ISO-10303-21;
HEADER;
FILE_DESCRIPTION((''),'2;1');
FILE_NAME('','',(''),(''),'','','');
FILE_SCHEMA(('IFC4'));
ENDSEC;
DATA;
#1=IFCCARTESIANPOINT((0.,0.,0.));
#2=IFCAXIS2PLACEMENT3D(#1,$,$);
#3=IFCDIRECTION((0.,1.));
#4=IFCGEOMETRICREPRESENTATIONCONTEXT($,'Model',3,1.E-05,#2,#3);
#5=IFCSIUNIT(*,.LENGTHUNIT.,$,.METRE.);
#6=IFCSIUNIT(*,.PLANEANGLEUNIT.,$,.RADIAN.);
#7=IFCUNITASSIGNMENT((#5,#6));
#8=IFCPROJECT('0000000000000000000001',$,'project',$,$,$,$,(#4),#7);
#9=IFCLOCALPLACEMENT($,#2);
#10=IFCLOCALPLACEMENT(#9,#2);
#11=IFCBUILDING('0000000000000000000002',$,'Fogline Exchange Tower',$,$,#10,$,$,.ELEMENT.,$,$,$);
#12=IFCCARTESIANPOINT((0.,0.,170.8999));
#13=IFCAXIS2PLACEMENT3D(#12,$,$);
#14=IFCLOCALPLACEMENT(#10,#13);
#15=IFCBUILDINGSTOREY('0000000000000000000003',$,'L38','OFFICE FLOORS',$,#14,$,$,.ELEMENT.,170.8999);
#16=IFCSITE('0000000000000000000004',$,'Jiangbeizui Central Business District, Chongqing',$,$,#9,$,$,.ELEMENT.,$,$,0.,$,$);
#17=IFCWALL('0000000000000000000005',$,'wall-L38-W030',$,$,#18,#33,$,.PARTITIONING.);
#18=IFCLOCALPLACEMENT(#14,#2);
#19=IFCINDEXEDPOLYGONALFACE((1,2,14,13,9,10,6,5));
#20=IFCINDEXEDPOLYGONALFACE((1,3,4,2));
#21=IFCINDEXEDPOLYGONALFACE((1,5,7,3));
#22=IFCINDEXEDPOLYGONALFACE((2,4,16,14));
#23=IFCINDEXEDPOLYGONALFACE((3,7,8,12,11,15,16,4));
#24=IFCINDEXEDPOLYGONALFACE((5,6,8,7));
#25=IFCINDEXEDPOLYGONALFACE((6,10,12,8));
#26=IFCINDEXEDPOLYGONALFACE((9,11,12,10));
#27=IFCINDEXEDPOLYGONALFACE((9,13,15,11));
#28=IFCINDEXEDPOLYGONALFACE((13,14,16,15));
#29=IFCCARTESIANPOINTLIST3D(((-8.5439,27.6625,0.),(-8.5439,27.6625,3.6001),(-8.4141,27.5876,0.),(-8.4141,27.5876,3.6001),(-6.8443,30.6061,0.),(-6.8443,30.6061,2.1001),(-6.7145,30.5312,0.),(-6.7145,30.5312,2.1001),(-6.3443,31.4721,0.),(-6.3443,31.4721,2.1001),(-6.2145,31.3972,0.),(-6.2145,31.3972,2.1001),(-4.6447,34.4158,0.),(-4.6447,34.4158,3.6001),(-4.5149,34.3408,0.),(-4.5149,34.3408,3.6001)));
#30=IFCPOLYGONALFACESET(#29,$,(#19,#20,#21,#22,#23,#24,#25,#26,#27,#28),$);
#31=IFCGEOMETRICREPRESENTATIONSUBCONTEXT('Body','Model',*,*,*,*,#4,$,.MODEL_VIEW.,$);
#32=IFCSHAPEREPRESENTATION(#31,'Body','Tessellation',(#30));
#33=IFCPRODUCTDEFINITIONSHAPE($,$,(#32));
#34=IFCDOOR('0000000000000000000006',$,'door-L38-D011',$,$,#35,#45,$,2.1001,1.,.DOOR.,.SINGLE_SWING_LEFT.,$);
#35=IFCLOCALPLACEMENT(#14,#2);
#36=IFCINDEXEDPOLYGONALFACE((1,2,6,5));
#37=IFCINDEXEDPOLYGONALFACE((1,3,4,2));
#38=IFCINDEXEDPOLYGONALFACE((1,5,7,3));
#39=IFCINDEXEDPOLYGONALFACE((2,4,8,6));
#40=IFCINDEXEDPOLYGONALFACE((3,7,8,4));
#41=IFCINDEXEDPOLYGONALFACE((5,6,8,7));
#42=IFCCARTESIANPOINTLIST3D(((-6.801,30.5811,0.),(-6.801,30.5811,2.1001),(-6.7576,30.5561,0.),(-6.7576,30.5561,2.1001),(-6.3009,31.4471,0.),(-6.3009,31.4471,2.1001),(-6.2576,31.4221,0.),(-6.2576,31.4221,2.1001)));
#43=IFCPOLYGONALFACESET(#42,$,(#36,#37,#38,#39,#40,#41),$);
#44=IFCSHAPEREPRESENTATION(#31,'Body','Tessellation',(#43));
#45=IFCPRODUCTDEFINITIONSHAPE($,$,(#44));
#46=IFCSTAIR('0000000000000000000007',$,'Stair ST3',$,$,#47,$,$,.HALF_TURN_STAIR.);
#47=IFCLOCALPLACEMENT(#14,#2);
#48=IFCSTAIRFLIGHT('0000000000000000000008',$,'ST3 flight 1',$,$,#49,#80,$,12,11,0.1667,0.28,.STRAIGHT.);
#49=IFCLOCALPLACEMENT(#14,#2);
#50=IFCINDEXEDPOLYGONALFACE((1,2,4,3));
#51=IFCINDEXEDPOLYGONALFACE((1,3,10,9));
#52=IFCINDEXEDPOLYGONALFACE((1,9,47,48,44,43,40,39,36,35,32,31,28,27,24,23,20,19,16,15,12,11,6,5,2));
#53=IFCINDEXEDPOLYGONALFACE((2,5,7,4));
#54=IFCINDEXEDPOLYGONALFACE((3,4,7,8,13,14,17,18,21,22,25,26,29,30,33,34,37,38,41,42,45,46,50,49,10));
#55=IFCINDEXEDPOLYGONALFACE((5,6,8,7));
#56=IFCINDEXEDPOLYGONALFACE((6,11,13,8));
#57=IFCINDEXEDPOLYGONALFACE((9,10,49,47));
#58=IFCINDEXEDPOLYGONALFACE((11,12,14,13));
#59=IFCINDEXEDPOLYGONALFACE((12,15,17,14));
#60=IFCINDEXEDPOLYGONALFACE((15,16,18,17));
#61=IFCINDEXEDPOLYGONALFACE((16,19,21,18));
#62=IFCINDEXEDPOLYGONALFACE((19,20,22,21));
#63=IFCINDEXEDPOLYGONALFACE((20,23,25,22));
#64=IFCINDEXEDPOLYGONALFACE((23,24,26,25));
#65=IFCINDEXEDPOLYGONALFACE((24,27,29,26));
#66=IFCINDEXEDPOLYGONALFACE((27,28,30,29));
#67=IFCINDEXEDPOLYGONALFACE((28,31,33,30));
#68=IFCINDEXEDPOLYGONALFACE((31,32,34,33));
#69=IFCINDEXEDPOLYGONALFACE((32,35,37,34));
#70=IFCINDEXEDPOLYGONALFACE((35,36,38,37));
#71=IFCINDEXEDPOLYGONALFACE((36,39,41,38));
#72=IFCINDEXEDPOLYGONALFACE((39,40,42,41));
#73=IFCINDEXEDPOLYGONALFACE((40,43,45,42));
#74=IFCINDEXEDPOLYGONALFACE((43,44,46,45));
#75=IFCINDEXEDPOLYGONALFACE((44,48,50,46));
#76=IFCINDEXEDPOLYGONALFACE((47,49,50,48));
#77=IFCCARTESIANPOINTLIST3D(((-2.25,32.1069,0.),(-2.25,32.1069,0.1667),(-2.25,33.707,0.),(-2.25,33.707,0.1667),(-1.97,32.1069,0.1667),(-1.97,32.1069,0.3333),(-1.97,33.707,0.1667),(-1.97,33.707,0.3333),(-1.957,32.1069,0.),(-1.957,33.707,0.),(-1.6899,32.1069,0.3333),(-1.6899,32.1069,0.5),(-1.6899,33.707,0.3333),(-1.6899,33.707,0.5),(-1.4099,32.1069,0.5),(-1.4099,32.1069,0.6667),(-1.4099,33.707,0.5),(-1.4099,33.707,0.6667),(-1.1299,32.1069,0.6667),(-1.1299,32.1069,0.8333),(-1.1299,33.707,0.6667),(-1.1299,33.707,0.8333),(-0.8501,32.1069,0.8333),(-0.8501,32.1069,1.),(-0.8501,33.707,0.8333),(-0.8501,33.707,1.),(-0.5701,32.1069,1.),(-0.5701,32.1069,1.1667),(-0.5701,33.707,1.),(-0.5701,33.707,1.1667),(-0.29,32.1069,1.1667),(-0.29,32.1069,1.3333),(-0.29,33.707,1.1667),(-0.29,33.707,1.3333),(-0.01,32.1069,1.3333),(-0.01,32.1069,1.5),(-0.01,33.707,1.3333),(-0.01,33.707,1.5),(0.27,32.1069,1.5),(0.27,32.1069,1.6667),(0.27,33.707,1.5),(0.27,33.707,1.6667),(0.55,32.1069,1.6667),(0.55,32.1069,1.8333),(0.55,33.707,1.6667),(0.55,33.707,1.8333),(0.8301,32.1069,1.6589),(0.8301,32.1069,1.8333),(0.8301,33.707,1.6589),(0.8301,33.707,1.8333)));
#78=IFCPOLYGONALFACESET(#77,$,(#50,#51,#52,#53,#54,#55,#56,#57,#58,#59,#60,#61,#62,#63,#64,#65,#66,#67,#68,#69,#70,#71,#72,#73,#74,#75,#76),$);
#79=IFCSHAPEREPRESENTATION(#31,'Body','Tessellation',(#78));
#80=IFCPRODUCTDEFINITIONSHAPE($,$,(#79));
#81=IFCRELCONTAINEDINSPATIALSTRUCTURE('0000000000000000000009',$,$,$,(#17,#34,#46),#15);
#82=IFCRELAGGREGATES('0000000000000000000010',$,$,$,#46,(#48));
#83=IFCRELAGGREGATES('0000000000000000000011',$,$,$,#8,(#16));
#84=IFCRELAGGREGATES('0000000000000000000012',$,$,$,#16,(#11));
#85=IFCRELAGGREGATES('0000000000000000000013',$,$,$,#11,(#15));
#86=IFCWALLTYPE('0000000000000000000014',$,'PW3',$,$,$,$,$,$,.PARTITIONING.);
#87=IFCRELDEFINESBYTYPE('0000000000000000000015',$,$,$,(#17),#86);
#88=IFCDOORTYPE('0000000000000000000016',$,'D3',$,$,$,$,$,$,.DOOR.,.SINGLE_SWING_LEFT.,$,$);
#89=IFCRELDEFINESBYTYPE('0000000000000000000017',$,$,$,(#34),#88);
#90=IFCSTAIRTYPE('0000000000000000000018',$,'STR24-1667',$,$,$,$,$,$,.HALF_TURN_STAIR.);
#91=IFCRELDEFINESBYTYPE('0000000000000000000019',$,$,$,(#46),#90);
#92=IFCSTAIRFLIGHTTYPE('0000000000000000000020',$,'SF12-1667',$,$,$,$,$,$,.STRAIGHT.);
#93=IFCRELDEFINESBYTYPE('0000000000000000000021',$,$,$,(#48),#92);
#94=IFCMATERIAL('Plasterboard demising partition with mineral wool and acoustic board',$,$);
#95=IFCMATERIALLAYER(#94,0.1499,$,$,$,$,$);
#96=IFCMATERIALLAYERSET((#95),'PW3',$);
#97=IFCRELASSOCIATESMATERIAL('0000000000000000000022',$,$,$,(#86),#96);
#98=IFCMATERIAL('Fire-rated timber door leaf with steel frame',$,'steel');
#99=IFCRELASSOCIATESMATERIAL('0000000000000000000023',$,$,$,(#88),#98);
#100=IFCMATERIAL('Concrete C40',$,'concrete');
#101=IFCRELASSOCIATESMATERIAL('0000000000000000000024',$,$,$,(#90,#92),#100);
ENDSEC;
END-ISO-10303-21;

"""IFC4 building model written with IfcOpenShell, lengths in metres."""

from ifc_helpers import new_model, si_unit, direction, frame, frame_2d, origin, place, context, subcontext, project, spatial, polyline, rectangle, outline, extrude, material, layer, layer_set, type_object, element, fill, aggregate, save


model = new_model("IFC4")

# Units and contexts
model_context = context("Model", 3, precision=1e-05, world=origin(), true_north=direction((0.0, 1.0)))
body_context = subcontext(model_context, "Body", "Model", "MODEL_VIEW")
ifc_project = project(units=[si_unit("LENGTHUNIT", "METRE"), si_unit("PLANEANGLEUNIT", "RADIAN")], contexts=[model_context])

# Site, building, storey
site_placement = place(None, origin())
site = spatial("IfcSite", under=ifc_project, at=site_placement, Name="Jiangbeizui Central Business District, Chongqing", CompositionType="ELEMENT", RefElevation=0.0)
building_placement = place(site_placement, origin())
building = spatial("IfcBuilding", under=site, at=building_placement, Name="Fogline Exchange Tower", CompositionType="ELEMENT")
storey_placement = place(building_placement, frame((0.0, 0.0, 170.8999)))
storey = spatial("IfcBuildingStorey", under=building, at=storey_placement, Name="L38", Description="OFFICE FLOORS", CompositionType="ELEMENT", Elevation=170.8999)

# Shared definitions
ifc_material_1 = material(Name="Concrete C40", Category="concrete")

# Shared definitions
ifc_material_2 = material(Name="Plasterboard demising partition with mineral wool and acoustic board")
ifc_layer_1 = layer(ifc_material_2, 0.1499)
ifc_layer_set_1 = layer_set([ifc_layer_1], Name="PW3")
wall_type_1 = type_object("IfcWallType", Name="PW3", PredefinedType="PARTITIONING", material=ifc_layer_set_1)

# Wall, opening, door
wall_1_placement = place(storey_placement, frame((-4.5798, 34.3782, 0.0), z_axis=(0.0, 0.0, 1.0), x_axis=(-0.500021, -0.866013, 0.0)))
wall_1 = element("IfcWall", 1, at=wall_1_placement, inside=storey, type_object=wall_type_1, Name="wall-L38-W030", PredefinedType="PARTITIONING", context=body_context, shape_type="SweptSolid", body=[
    extrude(rectangle(XDim=7.7981, YDim=0.1499, at=frame_2d((3.8989, 0.0))), origin(), (0.0, 0.0, 1.0), 3.6001),
])
opening_1_placement = place(wall_1_placement, frame((3.3989, 0.0, 0.0)))
opening_1 = element("IfcOpeningElement", 2, at=opening_1_placement, cuts=wall_1, PredefinedType="OPENING", context=body_context, shape_type="SweptSolid", body=[
    extrude(rectangle(XDim=1.0, YDim=2.1001, at=frame_2d((0.5, 1.05))), frame((0.0, 0.085, 0.0), z_axis=(0.0, -1.0, 0.0), x_axis=(1.0, 0.0, 0.0)), (0.0, 0.0, 1.0), 0.1699),
])
ifc_material_3 = material(Name="Fire-rated timber door leaf with steel frame", Category="steel")
door_type_1 = type_object("IfcDoorType", Name="D3", OperationType="SINGLE_SWING_LEFT", PredefinedType="DOOR", material=ifc_material_3)
door_1_placement = place(opening_1_placement, frame((1.0, 0.0, 0.0), z_axis=(0.0, 0.0, 1.0), x_axis=(-1.0, 0.0, 0.0)))
door_1 = element("IfcDoor", 3, at=door_1_placement, inside=storey, type_object=door_type_1, Name="door-L38-D011", OperationType="SINGLE_SWING_LEFT", OverallHeight=2.1001, OverallWidth=1.0, PredefinedType="DOOR", context=body_context, shape_type="SweptSolid", body=[
    extrude(rectangle(XDim=1.0, YDim=2.1001, at=frame_2d((0.5, 1.05))), frame((0.0, 0.0249, 0.0), z_axis=(0.0, -1.0, 0.0), x_axis=(1.0, 0.0, 0.0)), (0.0, 0.0, 1.0), 0.05),
])
fill(opening_1, door_1)

# Stair, stair flight
stair_type = type_object("IfcStairType", Name="STR24-1667", PredefinedType="HALF_TURN_STAIR", material=ifc_material_1)
stair_placement = place(storey_placement, origin())
stair = element("IfcStair", 4, at=stair_placement, inside=storey, type_object=stair_type, Name="Stair ST3", PredefinedType="HALF_TURN_STAIR")
stair_flight_type = type_object("IfcStairFlightType", Name="SF12-1667", PredefinedType="STRAIGHT", material=ifc_material_1)
stair_flight_placement = place(storey_placement, frame((-2.25, 32.907, 0.0), z_axis=(0.0, 0.0, 1.0), x_axis=(1.0, 0.0, 0.0)))
stair_flight = element("IfcStairFlight", 5, at=stair_flight_placement, type_object=stair_flight_type, Name="ST3 flight 1", NumberOfRisers=12, NumberOfTreads=11, PredefinedType="STRAIGHT", RiserHeight=0.1667, TreadLength=0.28, context=body_context, shape_type="SweptSolid", body=[
    extrude(outline(polyline([(0.0, 0.0), (0.0, 0.1667), (0.28, 0.1667), (0.28, 0.3333), (0.5601, 0.3333), (0.5601, 0.5), (0.8401, 0.5), (0.8401, 0.6667), (1.1201, 0.6667), (1.1201, 0.8333), (1.3999, 0.8333), (1.3999, 1.0), (1.6799, 1.0), (1.6799, 1.1667), (1.96, 1.1667), (1.96, 1.3333), (2.24, 1.3333), (2.24, 1.5), (2.52, 1.5), (2.52, 1.6667), (2.8, 1.6667), (2.8, 1.8333), (3.0801, 1.8333), (3.0801, 2.0), (3.0801, 1.6589), (0.293, 0.0), (0.0, 0.0)])), frame((0.0, 0.8, 0.0), z_axis=(0.0, -1.0, 0.0), x_axis=(1.0, 0.0, 0.0)), (0.0, 0.0, 1.0), 1.6001),
])
aggregate(stair, [stair_flight])

save(model, "model.ifc")
